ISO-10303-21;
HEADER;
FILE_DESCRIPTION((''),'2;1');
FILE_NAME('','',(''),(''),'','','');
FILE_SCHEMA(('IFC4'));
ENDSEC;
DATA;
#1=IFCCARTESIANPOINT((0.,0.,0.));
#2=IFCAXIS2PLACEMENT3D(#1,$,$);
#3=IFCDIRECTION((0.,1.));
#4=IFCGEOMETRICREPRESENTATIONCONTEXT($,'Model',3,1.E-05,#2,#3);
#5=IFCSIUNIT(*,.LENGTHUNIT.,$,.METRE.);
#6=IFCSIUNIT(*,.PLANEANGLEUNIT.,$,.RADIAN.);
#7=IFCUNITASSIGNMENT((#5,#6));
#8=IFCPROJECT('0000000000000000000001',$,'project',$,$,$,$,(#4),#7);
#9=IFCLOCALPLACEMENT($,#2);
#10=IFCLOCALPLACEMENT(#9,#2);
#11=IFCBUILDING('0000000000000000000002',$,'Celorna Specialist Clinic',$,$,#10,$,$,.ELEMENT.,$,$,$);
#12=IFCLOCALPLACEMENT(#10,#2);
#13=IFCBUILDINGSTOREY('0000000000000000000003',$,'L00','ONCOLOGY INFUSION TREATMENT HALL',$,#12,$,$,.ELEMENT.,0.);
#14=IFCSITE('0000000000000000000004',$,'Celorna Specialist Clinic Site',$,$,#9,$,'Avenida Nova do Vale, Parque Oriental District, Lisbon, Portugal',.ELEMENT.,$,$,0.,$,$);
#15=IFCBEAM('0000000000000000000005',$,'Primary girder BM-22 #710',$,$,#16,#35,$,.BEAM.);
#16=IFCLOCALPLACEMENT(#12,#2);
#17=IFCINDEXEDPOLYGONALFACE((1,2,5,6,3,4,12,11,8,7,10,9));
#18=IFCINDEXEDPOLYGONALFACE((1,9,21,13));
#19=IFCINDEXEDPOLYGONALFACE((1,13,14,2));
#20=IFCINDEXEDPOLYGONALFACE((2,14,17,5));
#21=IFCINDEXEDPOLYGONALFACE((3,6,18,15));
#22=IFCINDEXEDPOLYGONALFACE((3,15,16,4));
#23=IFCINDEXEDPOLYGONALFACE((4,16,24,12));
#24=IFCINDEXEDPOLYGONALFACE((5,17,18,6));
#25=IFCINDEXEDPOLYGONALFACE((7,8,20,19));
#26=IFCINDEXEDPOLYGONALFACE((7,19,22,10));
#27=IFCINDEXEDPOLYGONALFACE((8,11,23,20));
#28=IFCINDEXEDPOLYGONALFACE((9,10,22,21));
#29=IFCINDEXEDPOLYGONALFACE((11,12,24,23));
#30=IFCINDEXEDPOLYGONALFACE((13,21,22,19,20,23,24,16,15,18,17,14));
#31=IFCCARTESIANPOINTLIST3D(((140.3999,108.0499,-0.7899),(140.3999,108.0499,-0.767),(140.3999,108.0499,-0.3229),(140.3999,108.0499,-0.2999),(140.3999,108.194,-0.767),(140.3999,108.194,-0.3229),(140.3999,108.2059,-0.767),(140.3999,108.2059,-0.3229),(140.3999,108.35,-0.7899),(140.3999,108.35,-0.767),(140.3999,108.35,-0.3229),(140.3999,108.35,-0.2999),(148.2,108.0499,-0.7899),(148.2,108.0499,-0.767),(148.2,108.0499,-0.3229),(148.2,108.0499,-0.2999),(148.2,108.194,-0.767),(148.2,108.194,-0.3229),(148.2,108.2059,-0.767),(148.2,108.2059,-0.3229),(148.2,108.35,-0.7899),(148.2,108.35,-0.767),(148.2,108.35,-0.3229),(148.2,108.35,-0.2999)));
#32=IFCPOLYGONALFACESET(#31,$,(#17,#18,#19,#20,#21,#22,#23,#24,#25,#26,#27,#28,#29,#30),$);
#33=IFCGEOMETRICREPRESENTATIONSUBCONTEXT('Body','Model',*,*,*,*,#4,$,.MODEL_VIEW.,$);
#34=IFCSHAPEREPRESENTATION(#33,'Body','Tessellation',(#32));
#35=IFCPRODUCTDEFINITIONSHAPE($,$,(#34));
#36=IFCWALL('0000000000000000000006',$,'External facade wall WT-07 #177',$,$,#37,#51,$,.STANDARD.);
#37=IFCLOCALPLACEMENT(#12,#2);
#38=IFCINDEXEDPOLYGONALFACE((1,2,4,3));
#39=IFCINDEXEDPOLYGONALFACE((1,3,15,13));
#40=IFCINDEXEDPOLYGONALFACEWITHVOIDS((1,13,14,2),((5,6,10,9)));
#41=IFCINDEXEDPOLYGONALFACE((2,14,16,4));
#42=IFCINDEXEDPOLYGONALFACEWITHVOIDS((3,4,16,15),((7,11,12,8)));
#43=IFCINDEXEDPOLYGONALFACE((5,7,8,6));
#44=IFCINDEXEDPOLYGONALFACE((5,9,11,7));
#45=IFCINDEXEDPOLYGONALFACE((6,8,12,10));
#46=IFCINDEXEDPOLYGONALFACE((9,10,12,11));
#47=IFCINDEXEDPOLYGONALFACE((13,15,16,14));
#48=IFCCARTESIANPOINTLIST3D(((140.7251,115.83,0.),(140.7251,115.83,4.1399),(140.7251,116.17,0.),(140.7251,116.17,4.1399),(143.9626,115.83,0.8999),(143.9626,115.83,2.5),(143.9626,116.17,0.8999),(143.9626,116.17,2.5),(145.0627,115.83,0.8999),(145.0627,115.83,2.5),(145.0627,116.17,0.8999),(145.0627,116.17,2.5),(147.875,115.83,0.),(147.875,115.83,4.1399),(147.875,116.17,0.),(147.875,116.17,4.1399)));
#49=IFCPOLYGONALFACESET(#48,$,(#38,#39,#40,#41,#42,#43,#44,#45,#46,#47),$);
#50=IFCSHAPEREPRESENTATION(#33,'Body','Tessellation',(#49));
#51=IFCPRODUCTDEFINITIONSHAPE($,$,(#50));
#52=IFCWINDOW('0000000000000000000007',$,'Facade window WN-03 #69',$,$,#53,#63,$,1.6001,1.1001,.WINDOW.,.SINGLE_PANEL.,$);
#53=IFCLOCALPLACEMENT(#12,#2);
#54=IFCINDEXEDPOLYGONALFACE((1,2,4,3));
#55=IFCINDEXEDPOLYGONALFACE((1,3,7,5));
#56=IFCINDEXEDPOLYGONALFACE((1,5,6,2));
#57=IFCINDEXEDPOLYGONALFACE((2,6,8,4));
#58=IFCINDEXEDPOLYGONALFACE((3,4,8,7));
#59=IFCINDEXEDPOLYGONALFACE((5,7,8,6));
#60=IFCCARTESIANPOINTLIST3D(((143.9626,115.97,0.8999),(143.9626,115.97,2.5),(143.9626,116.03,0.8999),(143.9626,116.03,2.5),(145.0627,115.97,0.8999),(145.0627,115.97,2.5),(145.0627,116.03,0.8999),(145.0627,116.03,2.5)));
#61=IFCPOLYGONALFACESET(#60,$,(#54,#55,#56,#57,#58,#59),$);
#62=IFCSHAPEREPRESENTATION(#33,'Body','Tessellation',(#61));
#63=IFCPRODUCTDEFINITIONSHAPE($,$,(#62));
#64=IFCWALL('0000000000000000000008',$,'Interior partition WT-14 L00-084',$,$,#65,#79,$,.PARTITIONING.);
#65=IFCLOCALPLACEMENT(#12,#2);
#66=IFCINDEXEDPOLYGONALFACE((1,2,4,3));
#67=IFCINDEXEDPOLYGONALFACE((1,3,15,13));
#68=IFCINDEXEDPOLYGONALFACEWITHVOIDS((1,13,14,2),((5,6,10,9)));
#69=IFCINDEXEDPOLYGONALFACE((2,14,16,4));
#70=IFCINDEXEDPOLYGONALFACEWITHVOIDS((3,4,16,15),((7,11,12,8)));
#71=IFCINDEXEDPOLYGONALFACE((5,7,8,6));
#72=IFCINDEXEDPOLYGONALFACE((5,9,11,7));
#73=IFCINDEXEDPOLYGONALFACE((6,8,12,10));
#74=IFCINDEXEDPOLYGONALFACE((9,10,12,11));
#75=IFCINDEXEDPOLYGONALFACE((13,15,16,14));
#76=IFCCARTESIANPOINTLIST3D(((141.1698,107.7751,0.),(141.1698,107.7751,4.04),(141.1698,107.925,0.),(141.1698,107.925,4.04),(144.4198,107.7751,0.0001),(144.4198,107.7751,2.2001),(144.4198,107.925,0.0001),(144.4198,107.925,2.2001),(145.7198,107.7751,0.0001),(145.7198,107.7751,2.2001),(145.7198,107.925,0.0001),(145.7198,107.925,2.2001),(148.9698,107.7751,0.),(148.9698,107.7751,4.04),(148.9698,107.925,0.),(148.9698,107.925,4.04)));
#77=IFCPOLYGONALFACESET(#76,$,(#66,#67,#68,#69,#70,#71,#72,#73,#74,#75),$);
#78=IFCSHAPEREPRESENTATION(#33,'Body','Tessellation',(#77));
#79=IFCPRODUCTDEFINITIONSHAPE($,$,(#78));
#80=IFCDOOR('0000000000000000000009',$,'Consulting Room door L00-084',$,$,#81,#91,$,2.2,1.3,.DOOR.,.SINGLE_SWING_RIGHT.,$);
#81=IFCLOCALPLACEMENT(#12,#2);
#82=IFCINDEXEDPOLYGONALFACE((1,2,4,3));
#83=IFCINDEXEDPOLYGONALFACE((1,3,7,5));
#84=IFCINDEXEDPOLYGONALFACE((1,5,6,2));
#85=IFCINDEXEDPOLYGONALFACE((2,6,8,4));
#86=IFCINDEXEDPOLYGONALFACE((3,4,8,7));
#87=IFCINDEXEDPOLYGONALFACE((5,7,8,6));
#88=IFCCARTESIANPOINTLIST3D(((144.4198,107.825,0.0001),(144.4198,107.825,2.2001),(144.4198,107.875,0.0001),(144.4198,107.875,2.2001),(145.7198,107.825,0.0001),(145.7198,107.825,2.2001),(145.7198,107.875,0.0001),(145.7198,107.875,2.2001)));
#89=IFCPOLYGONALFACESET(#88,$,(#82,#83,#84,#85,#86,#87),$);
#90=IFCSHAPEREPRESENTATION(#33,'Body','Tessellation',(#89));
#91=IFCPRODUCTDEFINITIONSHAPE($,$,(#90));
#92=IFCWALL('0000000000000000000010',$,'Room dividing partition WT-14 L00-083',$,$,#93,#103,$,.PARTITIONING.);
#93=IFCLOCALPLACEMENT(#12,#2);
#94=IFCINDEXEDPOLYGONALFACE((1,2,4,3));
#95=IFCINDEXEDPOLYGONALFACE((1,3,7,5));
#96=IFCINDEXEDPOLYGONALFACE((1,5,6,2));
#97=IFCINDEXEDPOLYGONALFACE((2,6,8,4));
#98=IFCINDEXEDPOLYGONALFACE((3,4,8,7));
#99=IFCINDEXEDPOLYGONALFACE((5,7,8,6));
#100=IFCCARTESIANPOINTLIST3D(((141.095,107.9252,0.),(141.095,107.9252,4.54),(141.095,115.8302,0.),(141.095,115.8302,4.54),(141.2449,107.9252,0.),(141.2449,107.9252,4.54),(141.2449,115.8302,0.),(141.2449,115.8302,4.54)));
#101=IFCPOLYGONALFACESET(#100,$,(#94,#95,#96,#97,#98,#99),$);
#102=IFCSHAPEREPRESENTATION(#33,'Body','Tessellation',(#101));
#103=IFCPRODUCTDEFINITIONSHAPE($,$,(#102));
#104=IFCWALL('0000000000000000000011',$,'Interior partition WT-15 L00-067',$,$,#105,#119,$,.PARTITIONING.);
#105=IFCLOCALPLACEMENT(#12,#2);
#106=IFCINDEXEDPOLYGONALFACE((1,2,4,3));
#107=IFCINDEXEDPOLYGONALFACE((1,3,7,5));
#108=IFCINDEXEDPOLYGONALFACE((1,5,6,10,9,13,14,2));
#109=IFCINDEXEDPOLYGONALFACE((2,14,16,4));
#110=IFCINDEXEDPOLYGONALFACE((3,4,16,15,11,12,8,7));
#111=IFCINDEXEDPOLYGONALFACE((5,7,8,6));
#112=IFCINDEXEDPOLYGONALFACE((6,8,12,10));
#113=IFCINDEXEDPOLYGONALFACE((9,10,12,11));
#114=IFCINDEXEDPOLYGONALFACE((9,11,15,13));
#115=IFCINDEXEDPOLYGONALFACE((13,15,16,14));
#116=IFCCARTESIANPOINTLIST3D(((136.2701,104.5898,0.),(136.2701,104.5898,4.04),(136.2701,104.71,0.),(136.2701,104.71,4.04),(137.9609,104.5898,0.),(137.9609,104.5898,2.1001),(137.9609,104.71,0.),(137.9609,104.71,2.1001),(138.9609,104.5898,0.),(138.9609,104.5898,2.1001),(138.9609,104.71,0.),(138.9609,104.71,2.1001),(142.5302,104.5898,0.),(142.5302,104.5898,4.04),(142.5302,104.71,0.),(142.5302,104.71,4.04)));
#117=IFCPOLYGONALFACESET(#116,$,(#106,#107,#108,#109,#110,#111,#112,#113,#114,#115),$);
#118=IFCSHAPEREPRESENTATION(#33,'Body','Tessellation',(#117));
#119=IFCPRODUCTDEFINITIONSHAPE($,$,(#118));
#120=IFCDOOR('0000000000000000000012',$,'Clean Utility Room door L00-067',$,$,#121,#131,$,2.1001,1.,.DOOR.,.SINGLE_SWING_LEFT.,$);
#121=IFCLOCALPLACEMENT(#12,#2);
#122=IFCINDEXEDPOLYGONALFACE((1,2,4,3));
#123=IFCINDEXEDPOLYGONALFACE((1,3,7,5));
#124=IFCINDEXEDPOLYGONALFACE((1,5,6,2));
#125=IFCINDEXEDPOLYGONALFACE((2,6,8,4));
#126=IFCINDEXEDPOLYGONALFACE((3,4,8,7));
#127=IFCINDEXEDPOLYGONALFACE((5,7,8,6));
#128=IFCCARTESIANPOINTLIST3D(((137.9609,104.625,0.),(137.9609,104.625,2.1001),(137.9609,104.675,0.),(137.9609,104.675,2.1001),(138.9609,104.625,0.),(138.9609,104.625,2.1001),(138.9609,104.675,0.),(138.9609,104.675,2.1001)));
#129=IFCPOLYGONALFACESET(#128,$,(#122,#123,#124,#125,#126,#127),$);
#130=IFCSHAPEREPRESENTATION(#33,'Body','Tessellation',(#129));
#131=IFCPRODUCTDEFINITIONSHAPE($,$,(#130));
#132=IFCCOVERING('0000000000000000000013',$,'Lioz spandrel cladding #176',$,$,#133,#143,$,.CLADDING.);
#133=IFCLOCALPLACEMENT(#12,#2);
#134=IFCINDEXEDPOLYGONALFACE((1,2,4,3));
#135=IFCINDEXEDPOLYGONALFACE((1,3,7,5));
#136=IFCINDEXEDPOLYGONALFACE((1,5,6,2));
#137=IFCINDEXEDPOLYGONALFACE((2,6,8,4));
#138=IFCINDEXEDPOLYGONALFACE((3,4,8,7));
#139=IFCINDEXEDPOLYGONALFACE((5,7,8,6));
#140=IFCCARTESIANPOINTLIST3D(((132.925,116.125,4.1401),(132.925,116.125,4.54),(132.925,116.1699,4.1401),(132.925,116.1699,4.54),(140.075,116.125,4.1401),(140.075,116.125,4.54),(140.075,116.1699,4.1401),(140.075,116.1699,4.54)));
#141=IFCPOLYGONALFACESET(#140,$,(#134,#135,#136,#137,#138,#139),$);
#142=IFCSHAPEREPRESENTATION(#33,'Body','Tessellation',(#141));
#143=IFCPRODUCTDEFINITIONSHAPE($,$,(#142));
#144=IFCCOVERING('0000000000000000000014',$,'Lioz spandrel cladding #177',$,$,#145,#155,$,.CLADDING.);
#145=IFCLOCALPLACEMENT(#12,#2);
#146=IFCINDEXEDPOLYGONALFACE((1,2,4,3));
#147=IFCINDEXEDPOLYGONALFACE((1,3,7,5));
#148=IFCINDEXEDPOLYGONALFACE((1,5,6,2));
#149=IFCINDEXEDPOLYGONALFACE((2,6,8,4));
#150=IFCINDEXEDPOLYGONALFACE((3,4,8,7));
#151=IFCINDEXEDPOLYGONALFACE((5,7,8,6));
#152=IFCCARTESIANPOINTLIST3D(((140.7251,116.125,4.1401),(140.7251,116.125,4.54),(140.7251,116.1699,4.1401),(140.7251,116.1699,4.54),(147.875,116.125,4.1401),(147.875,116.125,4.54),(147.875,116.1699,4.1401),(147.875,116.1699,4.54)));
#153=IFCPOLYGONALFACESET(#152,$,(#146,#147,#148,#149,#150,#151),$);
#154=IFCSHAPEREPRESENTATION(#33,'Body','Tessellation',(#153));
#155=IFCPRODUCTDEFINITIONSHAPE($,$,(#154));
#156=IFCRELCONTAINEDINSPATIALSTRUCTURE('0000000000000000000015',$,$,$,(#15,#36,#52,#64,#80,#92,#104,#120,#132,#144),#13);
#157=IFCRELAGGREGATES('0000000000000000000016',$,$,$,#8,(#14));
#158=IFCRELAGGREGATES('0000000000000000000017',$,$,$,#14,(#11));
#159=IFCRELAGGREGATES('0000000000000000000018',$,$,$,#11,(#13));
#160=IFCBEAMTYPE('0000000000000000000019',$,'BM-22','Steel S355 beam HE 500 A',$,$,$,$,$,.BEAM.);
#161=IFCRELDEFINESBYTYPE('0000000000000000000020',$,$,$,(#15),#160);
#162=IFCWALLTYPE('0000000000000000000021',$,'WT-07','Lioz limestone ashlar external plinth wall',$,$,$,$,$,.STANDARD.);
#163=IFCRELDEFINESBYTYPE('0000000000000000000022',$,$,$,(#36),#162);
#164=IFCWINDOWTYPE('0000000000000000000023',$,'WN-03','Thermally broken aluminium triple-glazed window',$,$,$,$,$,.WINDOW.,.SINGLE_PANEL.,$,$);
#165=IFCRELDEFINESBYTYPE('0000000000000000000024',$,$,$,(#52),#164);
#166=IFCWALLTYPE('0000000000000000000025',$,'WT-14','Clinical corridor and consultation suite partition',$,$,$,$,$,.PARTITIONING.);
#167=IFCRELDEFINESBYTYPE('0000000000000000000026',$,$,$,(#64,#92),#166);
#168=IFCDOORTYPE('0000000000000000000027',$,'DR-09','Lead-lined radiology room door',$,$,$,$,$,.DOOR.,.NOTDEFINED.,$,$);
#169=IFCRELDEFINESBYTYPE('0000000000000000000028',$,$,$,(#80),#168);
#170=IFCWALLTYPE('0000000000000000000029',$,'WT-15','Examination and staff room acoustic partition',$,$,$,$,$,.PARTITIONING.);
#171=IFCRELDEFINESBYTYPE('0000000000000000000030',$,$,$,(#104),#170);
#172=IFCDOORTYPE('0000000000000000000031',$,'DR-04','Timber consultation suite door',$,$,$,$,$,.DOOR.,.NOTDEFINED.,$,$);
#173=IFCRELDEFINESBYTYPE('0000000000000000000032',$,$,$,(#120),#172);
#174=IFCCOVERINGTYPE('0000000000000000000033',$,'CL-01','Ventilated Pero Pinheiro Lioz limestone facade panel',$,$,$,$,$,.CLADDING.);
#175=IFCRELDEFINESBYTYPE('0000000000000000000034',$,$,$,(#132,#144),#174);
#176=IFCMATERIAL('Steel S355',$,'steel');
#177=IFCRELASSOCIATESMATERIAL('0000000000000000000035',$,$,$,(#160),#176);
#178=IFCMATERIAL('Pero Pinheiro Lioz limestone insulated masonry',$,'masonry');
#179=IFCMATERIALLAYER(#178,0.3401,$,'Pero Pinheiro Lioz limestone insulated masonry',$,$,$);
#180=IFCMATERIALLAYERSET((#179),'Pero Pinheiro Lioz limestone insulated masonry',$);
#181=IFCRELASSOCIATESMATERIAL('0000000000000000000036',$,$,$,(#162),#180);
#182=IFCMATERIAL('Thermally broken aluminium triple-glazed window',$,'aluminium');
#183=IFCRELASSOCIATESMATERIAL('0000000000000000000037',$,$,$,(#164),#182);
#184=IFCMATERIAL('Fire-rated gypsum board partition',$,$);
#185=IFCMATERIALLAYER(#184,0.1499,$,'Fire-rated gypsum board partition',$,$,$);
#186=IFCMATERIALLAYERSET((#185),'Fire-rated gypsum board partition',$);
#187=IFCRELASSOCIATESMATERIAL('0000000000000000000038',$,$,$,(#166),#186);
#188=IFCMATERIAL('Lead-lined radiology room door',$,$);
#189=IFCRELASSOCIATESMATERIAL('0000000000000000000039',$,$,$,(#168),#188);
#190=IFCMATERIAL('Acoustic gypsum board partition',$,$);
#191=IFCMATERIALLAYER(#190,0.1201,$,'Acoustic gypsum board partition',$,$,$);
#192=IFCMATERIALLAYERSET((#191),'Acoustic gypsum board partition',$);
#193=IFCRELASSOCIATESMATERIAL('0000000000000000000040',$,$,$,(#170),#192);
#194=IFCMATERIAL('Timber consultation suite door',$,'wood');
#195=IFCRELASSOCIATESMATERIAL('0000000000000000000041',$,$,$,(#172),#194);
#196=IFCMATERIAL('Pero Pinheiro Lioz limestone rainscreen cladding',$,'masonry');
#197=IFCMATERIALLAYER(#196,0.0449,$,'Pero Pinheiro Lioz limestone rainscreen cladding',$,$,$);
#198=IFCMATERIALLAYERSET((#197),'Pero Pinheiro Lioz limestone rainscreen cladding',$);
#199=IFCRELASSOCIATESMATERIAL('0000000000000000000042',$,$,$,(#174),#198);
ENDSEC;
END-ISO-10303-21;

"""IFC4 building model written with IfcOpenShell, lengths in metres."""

from ifc_helpers import new_model, si_unit, direction, frame, frame_2d, origin, origin_2d, place, context, subcontext, project, spatial, rectangle, i_section, extrude, material, layer, layer_set, material_profile, profile_set, type_object, element, fill, save


model = new_model("IFC4")

# Units and contexts
model_context = context("Model", 3, precision=1e-05, world=origin(), true_north=direction((0.0, 1.0)))
body_context = subcontext(model_context, "Body", "Model", "MODEL_VIEW")
ifc_project = project(units=[si_unit("LENGTHUNIT", "METRE"), si_unit("PLANEANGLEUNIT", "RADIAN")], contexts=[model_context])

# Site, building, storey
site_placement = place(None, origin())
site = spatial("IfcSite", under=ifc_project, at=site_placement, Name="Celorna Specialist Clinic Site", LongName="Avenida Nova do Vale, Parque Oriental District, Lisbon, Portugal", CompositionType="ELEMENT", RefElevation=0.0)
building_placement = place(site_placement, origin())
building = spatial("IfcBuilding", under=site, at=building_placement, Name="Celorna Specialist Clinic", CompositionType="ELEMENT")
storey_placement = place(building_placement, origin())
storey = spatial("IfcBuildingStorey", under=building, at=storey_placement, Name="L00", Description="ONCOLOGY INFUSION TREATMENT HALL", CompositionType="ELEMENT", Elevation=0.0)

# Beam
ifc_material_1 = material(Name="Steel S355", Category="steel")
ifc_material_profile_1 = material_profile(ifc_material_1, i_section(OverallWidth=0.3, OverallDepth=0.49, WebThickness=0.012, FlangeThickness=0.0229, at=origin_2d()), Name="HE 500 A")
ifc_profile_set_1 = profile_set([ifc_material_profile_1], Name="Steel S355")
beam_type_1 = type_object("IfcBeamType", Name="BM-22", Description="Steel S355 beam HE 500 A", PredefinedType="BEAM", material=ifc_profile_set_1)
beam_1_placement = place(storey_placement, frame((140.3999, 108.2, -0.5449), z_axis=(1.0, 0.0, 0.0), x_axis=(0.0, 1.0, 0.0)))
element("IfcBeam", 1, at=beam_1_placement, inside=storey, type_object=beam_type_1, Name="Primary girder BM-22 #710", PredefinedType="BEAM", context=body_context, shape_type="SweptSolid", body=[
    extrude(i_section(OverallWidth=0.3, OverallDepth=0.49, WebThickness=0.012, FlangeThickness=0.0229, at=origin_2d()), origin(), (0.0, 0.0, 1.0), 7.8),
])

# Wall, opening, window
ifc_material_2 = material(Name="Pero Pinheiro Lioz limestone insulated masonry", Category="masonry")
ifc_layer_1 = layer(ifc_material_2, 0.3401, Name="Pero Pinheiro Lioz limestone insulated masonry")
ifc_layer_set_1 = layer_set([ifc_layer_1], Name="Pero Pinheiro Lioz limestone insulated masonry")
wall_type_1 = type_object("IfcWallType", Name="WT-07", Description="Lioz limestone ashlar external plinth wall", PredefinedType="STANDARD", material=ifc_layer_set_1)
wall_1_placement = place(storey_placement, frame((140.7251, 116.0, 0.0), z_axis=(0.0, 0.0, 1.0), x_axis=(1.0, 0.0, 0.0)))
wall_1 = element("IfcWall", 2, at=wall_1_placement, inside=storey, type_object=wall_type_1, Name="External facade wall WT-07 #177", PredefinedType="STANDARD", context=body_context, shape_type="SweptSolid", body=[
    extrude(rectangle(XDim=7.1499, YDim=0.3401, at=frame_2d((3.575, 0.0))), origin(), (0.0, 0.0, 1.0), 4.1399),
])
opening_1_placement = place(wall_1_placement, frame((3.2375, 0.0, 0.8999)))
opening_1 = element("IfcOpeningElement", 3, at=opening_1_placement, cuts=wall_1, PredefinedType="OPENING", context=body_context, shape_type="SweptSolid", body=[
    extrude(rectangle(XDim=1.1001, YDim=1.6001, at=frame_2d((0.55, 0.8))), frame((0.0, 0.1799, 0.0), z_axis=(0.0, -1.0, 0.0), x_axis=(1.0, 0.0, 0.0)), (0.0, 0.0, 1.0), 0.3601),
])
ifc_material_3 = material(Name="Thermally broken aluminium triple-glazed window", Category="aluminium")
window_type = type_object("IfcWindowType", Name="WN-03", Description="Thermally broken aluminium triple-glazed window", PartitioningType="SINGLE_PANEL", PredefinedType="WINDOW", material=ifc_material_3)
window_placement = place(opening_1_placement, origin())
window = element("IfcWindow", 4, at=window_placement, inside=storey, type_object=window_type, Name="Facade window WN-03 #69", OverallHeight=1.6001, OverallWidth=1.1001, PartitioningType="SINGLE_PANEL", PredefinedType="WINDOW", context=body_context, shape_type="SweptSolid", body=[
    extrude(rectangle(XDim=1.1001, YDim=1.6001, at=frame_2d((0.55, 0.8))), frame((0.0, 0.03, 0.0), z_axis=(0.0, -1.0, 0.0), x_axis=(1.0, 0.0, 0.0)), (0.0, 0.0, 1.0), 0.0601),
])
fill(opening_1, window)

# Wall, opening, door
ifc_material_4 = material(Name="Fire-rated gypsum board partition")
ifc_layer_2 = layer(ifc_material_4, 0.1499, Name="Fire-rated gypsum board partition")
ifc_layer_set_2 = layer_set([ifc_layer_2], Name="Fire-rated gypsum board partition")
wall_type_2 = type_object("IfcWallType", Name="WT-14", Description="Clinical corridor and consultation suite partition", PredefinedType="PARTITIONING", material=ifc_layer_set_2)
wall_2_placement = place(storey_placement, frame((141.1699, 107.8501, 0.0), z_axis=(0.0, 0.0, 1.0), x_axis=(1.0, 0.0, 0.0)))
wall_2 = element("IfcWall", 5, at=wall_2_placement, inside=storey, type_object=wall_type_2, Name="Interior partition WT-14 L00-084", PredefinedType="PARTITIONING", context=body_context, shape_type="SweptSolid", body=[
    extrude(rectangle(XDim=7.8, YDim=0.1499, at=frame_2d((3.8999, 0.0))), origin(), (0.0, 0.0, 1.0), 4.04),
])
opening_2_placement = place(wall_2_placement, frame((3.25, 0.0, 0.0)))
opening_2 = element("IfcOpeningElement", 6, at=opening_2_placement, cuts=wall_2, PredefinedType="OPENING", context=body_context, shape_type="SweptSolid", body=[
    extrude(rectangle(XDim=1.3, YDim=2.2, at=frame_2d((0.6499, 1.1001))), frame((0.0, 0.085, 0.0), z_axis=(0.0, -1.0, 0.0), x_axis=(1.0, 0.0, 0.0)), (0.0, 0.0, 1.0), 0.1699),
])
ifc_material_5 = material(Name="Lead-lined radiology room door")
door_type_1 = type_object("IfcDoorType", Name="DR-09", Description="Lead-lined radiology room door", OperationType="NOTDEFINED", PredefinedType="DOOR", material=ifc_material_5)
door_1_placement = place(opening_2_placement, origin())
door_1 = element("IfcDoor", 7, at=door_1_placement, inside=storey, type_object=door_type_1, Name="Consulting Room door L00-084", OperationType="SINGLE_SWING_RIGHT", OverallHeight=2.2, OverallWidth=1.3, PredefinedType="DOOR", context=body_context, shape_type="SweptSolid", body=[
    extrude(rectangle(XDim=1.3, YDim=2.2, at=frame_2d((0.6499, 1.1001))), frame((0.0, 0.0249, 0.0), z_axis=(0.0, -1.0, 0.0), x_axis=(1.0, 0.0, 0.0)), (0.0, 0.0, 1.0), 0.05),
])
fill(opening_2, door_1)

# Wall
wall_3_placement = place(storey_placement, frame((141.1699, 107.925, 0.0), z_axis=(0.0, 0.0, 1.0), x_axis=(0.0, 1.0, 0.0)))
element("IfcWall", 8, at=wall_3_placement, inside=storey, type_object=wall_type_2, Name="Room dividing partition WT-14 L00-083", PredefinedType="PARTITIONING", context=body_context, shape_type="SweptSolid", body=[
    extrude(rectangle(XDim=7.905, YDim=0.1499, at=frame_2d((3.9526, 0.0))), origin(), (0.0, 0.0, 1.0), 4.54),
])

# Wall, opening, door
ifc_material_6 = material(Name="Acoustic gypsum board partition")
ifc_layer_3 = layer(ifc_material_6, 0.1201, Name="Acoustic gypsum board partition")
ifc_layer_set_3 = layer_set([ifc_layer_3], Name="Acoustic gypsum board partition")
wall_type_3 = type_object("IfcWallType", Name="WT-15", Description="Examination and staff room acoustic partition", PredefinedType="PARTITIONING", material=ifc_layer_set_3)
wall_4_placement = place(storey_placement, frame((142.53, 104.6499, 0.0), z_axis=(0.0, 0.0, 1.0), x_axis=(-1.0, 0.0, 0.0)))
wall_4 = element("IfcWall", 9, at=wall_4_placement, inside=storey, type_object=wall_type_3, Name="Interior partition WT-15 L00-067", PredefinedType="PARTITIONING", context=body_context, shape_type="SweptSolid", body=[
    extrude(rectangle(XDim=6.26, YDim=0.1201, at=frame_2d((3.1299, 0.0))), origin(), (0.0, 0.0, 1.0), 4.04),
])
opening_3_placement = place(wall_4_placement, frame((3.5691, 0.0, 0.0)))
opening_3 = element("IfcOpeningElement", 10, at=opening_3_placement, cuts=wall_4, PredefinedType="OPENING", context=body_context, shape_type="SweptSolid", body=[
    extrude(rectangle(XDim=1.0, YDim=2.1001, at=frame_2d((0.5, 1.05))), frame((0.0, 0.0701, 0.0), z_axis=(0.0, -1.0, 0.0), x_axis=(1.0, 0.0, 0.0)), (0.0, 0.0, 1.0), 0.1401),
])
ifc_material_7 = material(Name="Timber consultation suite door", Category="wood")
door_type_2 = type_object("IfcDoorType", Name="DR-04", Description="Timber consultation suite door", OperationType="NOTDEFINED", PredefinedType="DOOR", material=ifc_material_7)
door_2_placement = place(opening_3_placement, origin())
door_2 = element("IfcDoor", 11, at=door_2_placement, inside=storey, type_object=door_type_2, Name="Clean Utility Room door L00-067", OperationType="SINGLE_SWING_LEFT", OverallHeight=2.1001, OverallWidth=1.0, PredefinedType="DOOR", context=body_context, shape_type="SweptSolid", body=[
    extrude(rectangle(XDim=1.0, YDim=2.1001, at=frame_2d((0.5, 1.05))), frame((0.0, 0.0249, 0.0), z_axis=(0.0, -1.0, 0.0), x_axis=(1.0, 0.0, 0.0)), (0.0, 0.0, 1.0), 0.05),
])
fill(opening_3, door_2)

# Coverings
ifc_material_8 = material(Name="Pero Pinheiro Lioz limestone rainscreen cladding", Category="masonry")
ifc_layer_4 = layer(ifc_material_8, 0.0449, Name="Pero Pinheiro Lioz limestone rainscreen cladding")
ifc_layer_set_4 = layer_set([ifc_layer_4], Name="Pero Pinheiro Lioz limestone rainscreen cladding")
covering_type = type_object("IfcCoveringType", Name="CL-01", Description="Ventilated Pero Pinheiro Lioz limestone facade panel", PredefinedType="CLADDING", material=ifc_layer_set_4)
for number, where, z_axis, x_axis, name in (
    (12, (136.5, 116.1475, 4.1401), (0.0, 0.0, 1.0), (1.0, 0.0, 0.0), "Lioz spandrel cladding #176"),
    (13, (144.3, 116.1475, 4.1401), (0.0, 0.0, 1.0), (1.0, 0.0, 0.0), "Lioz spandrel cladding #177"),
):
    element("IfcCovering", number, at=place(storey_placement, frame(where, z_axis=z_axis, x_axis=x_axis)), inside=storey, type_object=covering_type, Name=name, PredefinedType="CLADDING", context=body_context, shape_type="SweptSolid", body=[
        extrude(rectangle(XDim=7.1499, YDim=0.0449, at=origin_2d()), origin(), (0.0, 0.0, 1.0), 0.3999),
    ])

save(model, "model.ifc")
